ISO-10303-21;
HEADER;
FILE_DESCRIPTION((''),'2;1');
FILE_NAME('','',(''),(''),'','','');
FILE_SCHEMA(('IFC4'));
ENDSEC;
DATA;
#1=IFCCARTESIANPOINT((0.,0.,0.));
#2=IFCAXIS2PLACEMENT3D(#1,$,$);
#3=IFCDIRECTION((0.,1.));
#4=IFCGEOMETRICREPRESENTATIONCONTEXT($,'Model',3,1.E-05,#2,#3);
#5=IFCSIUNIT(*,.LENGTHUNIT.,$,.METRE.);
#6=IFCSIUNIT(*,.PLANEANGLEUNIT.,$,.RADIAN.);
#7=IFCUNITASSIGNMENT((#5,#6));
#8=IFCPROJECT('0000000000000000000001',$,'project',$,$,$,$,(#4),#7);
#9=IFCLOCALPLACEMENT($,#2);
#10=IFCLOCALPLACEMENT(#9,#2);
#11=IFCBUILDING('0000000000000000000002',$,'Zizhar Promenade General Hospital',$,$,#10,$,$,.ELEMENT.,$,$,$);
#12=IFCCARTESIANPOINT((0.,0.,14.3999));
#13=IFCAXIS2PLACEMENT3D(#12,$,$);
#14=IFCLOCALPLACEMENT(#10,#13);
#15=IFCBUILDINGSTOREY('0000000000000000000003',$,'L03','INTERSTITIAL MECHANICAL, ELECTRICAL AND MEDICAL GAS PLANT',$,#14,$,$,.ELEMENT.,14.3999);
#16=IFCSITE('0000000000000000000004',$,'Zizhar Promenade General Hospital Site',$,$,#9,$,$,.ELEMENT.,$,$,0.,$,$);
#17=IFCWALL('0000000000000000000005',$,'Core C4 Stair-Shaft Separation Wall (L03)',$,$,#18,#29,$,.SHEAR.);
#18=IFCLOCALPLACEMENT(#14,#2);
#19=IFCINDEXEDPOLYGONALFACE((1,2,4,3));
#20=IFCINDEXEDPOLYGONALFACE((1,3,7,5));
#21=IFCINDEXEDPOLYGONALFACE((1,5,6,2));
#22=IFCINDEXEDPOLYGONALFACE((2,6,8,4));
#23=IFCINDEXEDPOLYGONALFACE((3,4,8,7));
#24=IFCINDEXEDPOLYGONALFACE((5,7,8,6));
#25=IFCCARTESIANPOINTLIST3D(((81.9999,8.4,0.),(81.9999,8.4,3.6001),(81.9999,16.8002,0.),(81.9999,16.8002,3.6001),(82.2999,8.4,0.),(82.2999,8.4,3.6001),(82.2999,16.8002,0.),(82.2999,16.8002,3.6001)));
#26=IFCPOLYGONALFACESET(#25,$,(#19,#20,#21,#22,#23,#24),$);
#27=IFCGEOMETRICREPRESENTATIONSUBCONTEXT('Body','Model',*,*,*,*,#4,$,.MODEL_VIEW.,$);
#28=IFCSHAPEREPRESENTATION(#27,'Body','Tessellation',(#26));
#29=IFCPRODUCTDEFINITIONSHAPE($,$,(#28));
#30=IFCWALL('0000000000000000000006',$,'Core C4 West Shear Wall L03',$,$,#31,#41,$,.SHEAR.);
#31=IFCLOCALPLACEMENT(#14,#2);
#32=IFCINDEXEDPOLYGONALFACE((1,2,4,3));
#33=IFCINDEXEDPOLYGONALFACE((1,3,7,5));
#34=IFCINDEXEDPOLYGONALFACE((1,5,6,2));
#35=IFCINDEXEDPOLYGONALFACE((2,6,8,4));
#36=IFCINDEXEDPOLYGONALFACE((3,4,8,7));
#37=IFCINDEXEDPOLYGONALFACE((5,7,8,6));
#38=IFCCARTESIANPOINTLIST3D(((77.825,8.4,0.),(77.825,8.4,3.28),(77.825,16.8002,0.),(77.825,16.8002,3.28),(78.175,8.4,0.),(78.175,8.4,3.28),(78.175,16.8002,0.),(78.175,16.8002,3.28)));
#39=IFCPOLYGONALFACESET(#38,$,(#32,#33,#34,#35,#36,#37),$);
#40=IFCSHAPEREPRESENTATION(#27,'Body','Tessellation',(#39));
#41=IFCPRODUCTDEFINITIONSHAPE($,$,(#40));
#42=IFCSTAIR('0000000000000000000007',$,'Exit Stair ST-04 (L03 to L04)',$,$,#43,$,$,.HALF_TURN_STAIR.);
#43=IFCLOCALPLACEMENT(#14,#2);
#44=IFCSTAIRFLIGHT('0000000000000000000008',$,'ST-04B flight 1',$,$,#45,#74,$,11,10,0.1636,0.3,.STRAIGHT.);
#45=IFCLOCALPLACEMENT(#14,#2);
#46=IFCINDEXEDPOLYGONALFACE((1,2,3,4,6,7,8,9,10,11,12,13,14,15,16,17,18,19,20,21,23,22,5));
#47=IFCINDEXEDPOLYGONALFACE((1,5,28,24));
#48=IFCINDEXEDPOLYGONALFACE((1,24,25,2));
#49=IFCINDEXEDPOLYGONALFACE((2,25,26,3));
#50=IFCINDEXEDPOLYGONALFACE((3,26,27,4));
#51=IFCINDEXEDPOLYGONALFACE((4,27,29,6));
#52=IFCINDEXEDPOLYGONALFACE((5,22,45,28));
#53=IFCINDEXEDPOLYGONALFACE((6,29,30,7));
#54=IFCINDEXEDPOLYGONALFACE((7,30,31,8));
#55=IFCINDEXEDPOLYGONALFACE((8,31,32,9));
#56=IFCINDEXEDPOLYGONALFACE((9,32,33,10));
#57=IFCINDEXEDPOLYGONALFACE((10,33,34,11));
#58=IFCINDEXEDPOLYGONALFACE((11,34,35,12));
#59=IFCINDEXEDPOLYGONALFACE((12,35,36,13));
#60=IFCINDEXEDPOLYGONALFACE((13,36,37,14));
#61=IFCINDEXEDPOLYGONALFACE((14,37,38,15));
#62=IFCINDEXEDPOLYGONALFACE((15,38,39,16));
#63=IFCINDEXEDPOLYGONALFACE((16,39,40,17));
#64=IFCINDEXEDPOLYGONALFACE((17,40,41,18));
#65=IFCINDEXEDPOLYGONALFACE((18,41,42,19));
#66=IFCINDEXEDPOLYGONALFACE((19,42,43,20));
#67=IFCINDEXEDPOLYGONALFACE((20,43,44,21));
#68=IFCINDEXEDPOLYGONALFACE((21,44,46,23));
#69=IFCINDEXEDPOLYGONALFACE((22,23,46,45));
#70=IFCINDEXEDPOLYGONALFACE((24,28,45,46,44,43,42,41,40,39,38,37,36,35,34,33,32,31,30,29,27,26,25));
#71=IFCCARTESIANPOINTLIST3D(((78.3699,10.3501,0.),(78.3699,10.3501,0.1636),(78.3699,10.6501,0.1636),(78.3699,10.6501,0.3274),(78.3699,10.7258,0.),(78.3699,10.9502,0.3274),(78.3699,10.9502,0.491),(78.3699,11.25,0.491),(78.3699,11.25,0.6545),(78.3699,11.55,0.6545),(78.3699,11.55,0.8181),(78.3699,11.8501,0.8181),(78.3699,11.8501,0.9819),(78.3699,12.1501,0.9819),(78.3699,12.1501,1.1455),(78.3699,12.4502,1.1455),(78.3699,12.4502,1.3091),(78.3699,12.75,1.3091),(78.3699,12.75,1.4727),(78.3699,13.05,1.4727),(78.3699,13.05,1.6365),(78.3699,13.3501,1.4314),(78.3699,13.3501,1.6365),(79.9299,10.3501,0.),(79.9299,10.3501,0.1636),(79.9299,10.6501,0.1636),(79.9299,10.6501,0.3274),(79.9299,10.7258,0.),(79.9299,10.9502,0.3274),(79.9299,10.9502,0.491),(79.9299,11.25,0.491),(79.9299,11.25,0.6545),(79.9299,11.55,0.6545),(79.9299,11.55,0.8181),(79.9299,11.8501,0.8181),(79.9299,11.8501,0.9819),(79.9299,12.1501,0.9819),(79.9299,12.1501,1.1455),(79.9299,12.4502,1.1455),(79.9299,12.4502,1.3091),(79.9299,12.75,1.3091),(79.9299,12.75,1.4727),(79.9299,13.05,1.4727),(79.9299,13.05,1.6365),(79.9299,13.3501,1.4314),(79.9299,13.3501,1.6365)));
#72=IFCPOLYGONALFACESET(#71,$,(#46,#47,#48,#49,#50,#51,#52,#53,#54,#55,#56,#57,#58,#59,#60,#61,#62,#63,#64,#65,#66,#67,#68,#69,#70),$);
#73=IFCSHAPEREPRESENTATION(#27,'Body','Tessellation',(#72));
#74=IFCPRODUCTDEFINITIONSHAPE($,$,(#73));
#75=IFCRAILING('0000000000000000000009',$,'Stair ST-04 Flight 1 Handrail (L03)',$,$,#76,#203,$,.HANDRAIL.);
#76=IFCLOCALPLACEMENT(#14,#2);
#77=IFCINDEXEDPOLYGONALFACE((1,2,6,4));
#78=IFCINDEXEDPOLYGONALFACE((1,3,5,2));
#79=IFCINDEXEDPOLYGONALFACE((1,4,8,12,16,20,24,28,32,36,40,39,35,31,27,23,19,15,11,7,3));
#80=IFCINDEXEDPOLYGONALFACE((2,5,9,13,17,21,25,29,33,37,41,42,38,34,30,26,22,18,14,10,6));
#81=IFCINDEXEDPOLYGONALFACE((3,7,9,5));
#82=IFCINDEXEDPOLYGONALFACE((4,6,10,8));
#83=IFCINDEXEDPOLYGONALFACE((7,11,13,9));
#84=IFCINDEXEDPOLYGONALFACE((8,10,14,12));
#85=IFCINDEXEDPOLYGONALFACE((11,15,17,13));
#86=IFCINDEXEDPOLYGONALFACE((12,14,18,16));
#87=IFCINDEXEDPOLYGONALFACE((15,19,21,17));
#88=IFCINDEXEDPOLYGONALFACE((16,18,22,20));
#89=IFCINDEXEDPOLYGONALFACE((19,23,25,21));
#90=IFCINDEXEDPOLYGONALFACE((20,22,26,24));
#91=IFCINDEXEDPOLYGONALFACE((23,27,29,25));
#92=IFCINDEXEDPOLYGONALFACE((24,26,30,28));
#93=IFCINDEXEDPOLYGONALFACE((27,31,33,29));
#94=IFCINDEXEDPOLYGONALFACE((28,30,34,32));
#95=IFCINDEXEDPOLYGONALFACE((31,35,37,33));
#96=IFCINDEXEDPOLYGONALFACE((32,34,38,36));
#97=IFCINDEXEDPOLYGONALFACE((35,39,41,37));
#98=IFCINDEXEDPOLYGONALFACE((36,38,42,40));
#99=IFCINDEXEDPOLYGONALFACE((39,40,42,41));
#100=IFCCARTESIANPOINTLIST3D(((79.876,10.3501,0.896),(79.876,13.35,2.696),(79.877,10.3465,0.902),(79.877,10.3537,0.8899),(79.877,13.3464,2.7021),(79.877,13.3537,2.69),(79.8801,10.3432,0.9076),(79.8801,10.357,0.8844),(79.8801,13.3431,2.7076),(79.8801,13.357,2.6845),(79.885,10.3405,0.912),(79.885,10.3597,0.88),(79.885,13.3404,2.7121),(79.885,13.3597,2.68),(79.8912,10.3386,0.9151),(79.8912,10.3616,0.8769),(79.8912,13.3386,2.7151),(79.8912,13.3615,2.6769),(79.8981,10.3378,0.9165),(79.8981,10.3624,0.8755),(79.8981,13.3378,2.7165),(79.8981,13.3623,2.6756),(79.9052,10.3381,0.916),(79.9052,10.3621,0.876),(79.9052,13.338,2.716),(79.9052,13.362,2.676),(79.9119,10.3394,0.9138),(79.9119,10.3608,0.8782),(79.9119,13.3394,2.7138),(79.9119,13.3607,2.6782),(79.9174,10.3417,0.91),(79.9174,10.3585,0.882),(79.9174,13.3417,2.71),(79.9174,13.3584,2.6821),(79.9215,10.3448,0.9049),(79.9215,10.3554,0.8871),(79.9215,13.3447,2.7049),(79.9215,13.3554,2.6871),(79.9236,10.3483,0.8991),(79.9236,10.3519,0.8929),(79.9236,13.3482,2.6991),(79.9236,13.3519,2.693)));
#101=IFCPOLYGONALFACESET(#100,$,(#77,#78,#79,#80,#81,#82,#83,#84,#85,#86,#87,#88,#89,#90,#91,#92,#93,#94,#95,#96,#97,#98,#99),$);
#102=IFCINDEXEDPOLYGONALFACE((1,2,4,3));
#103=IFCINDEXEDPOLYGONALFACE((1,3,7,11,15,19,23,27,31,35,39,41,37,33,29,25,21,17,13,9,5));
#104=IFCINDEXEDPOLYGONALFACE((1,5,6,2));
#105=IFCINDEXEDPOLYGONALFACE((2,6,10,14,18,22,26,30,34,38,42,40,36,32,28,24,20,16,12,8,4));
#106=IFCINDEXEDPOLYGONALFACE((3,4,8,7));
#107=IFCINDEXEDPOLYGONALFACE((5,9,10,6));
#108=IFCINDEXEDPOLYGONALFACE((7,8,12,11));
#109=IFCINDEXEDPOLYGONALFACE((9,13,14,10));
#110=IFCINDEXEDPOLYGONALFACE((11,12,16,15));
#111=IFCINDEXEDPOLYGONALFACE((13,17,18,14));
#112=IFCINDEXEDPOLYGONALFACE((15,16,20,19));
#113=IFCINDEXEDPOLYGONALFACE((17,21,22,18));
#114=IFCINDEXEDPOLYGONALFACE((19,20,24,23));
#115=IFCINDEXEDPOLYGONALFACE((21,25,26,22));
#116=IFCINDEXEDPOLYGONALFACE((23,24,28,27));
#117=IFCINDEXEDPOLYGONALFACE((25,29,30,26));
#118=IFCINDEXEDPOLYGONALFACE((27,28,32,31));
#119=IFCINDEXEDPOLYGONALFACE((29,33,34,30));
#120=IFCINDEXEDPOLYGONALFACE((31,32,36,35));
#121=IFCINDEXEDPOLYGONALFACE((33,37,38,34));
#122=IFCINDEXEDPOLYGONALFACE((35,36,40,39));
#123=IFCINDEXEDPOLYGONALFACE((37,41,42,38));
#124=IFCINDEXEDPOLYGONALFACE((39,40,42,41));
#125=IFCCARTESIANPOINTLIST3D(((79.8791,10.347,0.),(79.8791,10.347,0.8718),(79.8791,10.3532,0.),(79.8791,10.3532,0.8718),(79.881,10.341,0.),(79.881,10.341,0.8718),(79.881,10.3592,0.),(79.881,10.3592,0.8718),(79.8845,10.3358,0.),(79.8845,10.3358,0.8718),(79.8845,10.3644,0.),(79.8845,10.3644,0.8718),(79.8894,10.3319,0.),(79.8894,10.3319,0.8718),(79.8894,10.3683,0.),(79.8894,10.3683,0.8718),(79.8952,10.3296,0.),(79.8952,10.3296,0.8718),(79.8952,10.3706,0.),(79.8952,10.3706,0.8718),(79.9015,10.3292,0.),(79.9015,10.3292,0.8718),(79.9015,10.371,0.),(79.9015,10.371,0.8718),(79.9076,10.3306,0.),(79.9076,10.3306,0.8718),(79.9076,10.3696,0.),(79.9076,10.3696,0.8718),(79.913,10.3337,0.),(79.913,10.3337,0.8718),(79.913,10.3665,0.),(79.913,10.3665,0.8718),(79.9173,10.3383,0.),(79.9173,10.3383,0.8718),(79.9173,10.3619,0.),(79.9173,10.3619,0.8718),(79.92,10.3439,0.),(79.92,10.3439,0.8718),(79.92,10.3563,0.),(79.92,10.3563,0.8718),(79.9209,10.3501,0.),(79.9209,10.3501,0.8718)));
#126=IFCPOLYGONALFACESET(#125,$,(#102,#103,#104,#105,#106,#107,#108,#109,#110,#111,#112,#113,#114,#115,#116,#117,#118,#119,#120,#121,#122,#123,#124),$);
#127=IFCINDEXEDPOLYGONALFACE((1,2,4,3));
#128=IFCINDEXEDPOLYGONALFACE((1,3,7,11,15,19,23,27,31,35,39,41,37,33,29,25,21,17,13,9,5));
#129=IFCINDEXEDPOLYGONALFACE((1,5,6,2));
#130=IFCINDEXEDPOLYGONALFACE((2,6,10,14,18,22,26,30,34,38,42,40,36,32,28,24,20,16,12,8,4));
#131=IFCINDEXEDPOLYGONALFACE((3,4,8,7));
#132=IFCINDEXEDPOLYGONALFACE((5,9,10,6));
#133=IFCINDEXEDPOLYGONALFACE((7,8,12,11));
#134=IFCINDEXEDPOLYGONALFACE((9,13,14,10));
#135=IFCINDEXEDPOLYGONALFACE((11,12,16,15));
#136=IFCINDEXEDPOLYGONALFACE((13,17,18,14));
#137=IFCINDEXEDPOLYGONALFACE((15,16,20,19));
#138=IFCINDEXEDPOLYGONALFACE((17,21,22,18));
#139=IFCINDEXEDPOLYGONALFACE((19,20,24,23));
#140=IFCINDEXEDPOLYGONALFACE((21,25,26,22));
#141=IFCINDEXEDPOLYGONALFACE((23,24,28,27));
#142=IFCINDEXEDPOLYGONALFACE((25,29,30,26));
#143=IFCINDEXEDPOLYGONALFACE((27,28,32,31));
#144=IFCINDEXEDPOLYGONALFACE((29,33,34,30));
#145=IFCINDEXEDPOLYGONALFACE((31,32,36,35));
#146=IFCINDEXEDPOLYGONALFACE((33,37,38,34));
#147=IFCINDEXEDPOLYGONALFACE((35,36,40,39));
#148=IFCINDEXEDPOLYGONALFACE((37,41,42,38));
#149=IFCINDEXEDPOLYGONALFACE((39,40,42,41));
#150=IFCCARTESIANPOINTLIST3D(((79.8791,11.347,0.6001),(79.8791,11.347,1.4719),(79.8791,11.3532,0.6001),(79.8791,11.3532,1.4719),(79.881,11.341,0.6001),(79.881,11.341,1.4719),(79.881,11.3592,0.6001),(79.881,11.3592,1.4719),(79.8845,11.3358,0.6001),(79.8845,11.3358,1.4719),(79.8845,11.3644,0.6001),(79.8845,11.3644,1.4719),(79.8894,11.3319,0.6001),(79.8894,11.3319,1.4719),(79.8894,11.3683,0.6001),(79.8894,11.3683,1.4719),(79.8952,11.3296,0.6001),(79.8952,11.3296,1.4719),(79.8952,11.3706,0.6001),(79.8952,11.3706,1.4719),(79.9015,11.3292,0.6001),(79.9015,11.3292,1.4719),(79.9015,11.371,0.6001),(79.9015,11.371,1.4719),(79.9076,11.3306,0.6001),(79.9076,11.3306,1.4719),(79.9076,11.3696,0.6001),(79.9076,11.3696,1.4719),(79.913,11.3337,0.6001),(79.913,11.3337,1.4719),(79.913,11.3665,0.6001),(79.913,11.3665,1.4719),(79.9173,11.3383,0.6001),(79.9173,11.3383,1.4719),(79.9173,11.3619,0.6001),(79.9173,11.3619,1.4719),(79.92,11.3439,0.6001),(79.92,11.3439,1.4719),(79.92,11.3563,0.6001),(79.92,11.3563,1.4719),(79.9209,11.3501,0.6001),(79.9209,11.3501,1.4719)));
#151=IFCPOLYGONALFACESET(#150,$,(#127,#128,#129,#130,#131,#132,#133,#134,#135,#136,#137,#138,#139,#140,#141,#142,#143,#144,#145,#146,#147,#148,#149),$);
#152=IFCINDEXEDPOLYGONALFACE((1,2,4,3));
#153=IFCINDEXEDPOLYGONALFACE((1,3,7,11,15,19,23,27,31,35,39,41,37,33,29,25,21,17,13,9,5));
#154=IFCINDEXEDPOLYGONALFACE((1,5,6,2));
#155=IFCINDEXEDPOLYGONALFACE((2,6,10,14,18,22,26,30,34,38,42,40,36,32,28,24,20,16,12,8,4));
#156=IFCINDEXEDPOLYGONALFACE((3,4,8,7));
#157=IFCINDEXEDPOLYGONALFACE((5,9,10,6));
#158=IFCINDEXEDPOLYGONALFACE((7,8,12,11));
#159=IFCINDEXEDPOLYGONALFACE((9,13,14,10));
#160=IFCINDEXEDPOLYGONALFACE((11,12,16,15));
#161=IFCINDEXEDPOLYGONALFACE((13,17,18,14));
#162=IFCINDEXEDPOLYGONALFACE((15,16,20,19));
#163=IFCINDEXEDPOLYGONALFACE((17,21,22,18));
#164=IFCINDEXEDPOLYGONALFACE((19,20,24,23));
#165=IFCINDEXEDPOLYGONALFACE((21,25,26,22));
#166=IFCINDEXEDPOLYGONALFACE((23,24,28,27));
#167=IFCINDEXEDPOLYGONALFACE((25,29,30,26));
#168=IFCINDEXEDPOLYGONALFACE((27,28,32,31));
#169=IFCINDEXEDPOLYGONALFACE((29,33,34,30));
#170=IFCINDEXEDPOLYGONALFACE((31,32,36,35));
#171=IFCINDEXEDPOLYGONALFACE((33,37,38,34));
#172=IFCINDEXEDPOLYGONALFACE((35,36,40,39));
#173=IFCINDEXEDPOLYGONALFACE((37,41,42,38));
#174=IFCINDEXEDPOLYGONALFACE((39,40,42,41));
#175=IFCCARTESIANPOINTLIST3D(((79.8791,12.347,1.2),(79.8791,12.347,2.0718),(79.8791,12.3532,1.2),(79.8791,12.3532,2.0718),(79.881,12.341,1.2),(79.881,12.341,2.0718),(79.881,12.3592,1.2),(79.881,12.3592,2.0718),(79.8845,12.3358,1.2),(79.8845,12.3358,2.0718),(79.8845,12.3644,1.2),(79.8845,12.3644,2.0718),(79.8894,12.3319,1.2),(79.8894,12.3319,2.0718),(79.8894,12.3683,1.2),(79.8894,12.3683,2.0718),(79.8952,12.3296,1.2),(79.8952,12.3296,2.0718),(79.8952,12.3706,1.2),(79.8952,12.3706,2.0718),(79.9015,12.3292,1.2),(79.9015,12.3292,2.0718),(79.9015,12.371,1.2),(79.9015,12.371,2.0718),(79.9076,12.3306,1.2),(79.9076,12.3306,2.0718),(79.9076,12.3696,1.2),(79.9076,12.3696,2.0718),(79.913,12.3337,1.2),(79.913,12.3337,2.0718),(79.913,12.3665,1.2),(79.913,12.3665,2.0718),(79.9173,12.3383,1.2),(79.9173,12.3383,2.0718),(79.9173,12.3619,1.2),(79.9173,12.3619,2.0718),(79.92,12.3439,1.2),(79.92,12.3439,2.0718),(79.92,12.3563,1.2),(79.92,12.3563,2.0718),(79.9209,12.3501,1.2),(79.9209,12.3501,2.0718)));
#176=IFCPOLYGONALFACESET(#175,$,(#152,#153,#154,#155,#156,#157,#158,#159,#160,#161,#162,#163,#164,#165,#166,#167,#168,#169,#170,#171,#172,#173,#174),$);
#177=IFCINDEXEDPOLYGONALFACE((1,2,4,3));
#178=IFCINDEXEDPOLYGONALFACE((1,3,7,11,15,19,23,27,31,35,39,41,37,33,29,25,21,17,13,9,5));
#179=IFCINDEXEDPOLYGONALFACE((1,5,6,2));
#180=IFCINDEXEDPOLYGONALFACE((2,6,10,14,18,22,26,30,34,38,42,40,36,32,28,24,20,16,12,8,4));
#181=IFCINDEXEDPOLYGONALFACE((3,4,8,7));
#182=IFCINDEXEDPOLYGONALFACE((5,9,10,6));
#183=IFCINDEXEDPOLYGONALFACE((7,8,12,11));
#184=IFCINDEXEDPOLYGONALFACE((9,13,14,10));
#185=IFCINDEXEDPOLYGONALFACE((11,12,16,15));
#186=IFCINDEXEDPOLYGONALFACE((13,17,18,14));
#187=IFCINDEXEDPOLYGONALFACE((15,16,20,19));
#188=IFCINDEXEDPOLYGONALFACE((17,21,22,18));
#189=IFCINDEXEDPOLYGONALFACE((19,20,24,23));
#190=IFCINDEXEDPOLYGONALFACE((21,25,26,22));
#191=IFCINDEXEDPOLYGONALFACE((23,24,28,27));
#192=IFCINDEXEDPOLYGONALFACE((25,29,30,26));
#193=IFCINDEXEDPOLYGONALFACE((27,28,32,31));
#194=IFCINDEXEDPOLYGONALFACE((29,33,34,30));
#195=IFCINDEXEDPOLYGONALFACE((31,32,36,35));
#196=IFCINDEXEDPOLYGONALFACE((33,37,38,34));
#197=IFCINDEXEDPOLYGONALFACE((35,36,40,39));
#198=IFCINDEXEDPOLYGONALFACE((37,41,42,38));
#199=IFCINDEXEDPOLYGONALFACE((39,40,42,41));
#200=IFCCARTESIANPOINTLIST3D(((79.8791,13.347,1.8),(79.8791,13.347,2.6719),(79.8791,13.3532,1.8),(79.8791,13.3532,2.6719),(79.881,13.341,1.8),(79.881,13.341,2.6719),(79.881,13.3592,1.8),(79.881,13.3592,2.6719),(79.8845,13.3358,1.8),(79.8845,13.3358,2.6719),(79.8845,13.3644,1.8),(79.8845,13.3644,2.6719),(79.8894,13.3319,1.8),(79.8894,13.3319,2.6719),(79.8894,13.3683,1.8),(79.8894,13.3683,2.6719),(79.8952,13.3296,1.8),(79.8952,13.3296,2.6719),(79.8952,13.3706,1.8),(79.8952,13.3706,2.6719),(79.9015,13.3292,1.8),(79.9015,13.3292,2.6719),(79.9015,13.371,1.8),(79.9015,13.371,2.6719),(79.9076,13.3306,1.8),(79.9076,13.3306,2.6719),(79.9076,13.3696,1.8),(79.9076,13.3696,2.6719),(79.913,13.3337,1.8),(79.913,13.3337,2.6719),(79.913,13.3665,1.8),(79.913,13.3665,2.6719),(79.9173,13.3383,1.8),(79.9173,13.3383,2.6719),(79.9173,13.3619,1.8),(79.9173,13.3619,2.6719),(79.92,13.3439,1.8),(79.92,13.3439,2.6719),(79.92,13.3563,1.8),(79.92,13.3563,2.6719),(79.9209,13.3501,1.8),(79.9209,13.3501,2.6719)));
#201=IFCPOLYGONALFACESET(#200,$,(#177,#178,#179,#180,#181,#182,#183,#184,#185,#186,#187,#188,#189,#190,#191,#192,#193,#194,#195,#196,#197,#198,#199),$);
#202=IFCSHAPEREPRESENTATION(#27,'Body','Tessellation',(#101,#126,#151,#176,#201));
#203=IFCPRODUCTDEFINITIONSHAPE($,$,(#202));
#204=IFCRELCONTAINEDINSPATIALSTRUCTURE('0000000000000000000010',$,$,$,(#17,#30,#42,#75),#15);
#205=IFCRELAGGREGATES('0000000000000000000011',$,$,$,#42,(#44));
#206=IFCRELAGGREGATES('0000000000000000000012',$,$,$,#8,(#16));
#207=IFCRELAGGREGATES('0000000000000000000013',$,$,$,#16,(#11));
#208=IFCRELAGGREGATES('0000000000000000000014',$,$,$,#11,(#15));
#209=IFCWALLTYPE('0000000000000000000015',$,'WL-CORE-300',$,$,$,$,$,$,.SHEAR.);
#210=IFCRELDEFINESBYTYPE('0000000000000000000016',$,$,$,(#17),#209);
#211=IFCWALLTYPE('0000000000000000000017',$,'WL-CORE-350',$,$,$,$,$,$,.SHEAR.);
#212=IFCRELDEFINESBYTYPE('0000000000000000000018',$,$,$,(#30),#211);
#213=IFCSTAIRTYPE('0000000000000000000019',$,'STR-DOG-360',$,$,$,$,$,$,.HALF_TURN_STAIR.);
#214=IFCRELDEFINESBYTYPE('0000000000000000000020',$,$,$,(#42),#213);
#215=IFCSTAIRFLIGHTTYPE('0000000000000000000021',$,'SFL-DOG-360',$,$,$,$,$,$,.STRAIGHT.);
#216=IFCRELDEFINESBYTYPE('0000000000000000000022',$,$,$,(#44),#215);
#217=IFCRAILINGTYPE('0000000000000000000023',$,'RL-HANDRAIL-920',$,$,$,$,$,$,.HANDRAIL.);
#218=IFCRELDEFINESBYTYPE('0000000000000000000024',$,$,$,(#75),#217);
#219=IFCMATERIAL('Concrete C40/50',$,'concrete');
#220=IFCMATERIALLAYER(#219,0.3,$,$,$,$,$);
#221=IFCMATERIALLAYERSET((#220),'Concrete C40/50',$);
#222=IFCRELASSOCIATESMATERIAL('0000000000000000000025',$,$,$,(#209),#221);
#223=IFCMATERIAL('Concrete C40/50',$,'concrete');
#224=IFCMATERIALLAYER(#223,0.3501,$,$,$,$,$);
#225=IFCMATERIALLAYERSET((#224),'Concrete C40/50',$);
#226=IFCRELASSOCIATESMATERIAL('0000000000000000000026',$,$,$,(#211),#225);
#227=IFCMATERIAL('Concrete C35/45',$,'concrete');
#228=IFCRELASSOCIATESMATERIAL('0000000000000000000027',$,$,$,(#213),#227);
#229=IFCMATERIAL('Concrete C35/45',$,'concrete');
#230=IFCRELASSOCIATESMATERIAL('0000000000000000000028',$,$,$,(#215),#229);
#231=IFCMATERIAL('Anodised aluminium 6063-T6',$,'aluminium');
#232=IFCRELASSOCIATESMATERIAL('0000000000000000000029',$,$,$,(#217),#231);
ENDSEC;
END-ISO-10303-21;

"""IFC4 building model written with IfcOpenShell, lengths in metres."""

from ifc_helpers import new_model, si_unit, direction, frame, frame_2d, origin, origin_2d, place, context, subcontext, project, spatial, polyline, rectangle, circle, hollow_circle, outline, extrude, material, layer, layer_set, material_profile, profile_set, type_object, element, aggregate, save


model = new_model("IFC4")

# Units and contexts
model_context = context("Model", 3, precision=1e-05, world=origin(), true_north=direction((0.0, 1.0)))
body_context = subcontext(model_context, "Body", "Model", "MODEL_VIEW")
ifc_project = project(units=[si_unit("LENGTHUNIT", "METRE"), si_unit("PLANEANGLEUNIT", "RADIAN")], contexts=[model_context])

# Site, building, storey
site_placement = place(None, origin())
site = spatial("IfcSite", under=ifc_project, at=site_placement, Name="Zizhar Promenade General Hospital Site", CompositionType="ELEMENT", RefElevation=0.0)
building_placement = place(site_placement, origin())
building = spatial("IfcBuilding", under=site, at=building_placement, Name="Zizhar Promenade General Hospital", CompositionType="ELEMENT")
storey_placement = place(building_placement, frame((0.0, 0.0, 14.3999)))
storey = spatial("IfcBuildingStorey", under=building, at=storey_placement, Name="L03", Description="INTERSTITIAL MECHANICAL, ELECTRICAL AND MEDICAL GAS PLANT", CompositionType="ELEMENT", Elevation=14.3999)

# Shared definitions
ifc_material_1 = material(Name="Concrete C40/50", Category="concrete")
ifc_layer_1 = layer(ifc_material_1, 0.3)
ifc_layer_set_1 = layer_set([ifc_layer_1], Name="Concrete C40/50")
wall_type_1 = type_object("IfcWallType", Name="WL-CORE-300", PredefinedType="SHEAR", material=ifc_layer_set_1)

# Walls
wall_1_placement = place(storey_placement, frame((82.1499, 8.3999, 0.0), z_axis=(0.0, 0.0, 1.0), x_axis=(0.0, 1.0, 0.0)))
element("IfcWall", 1, at=wall_1_placement, inside=storey, type_object=wall_type_1, Name="Core C4 Stair-Shaft Separation Wall (L03)", PredefinedType="SHEAR", context=body_context, shape_type="SweptSolid", body=[
    extrude(rectangle(XDim=8.4001, YDim=0.3, at=frame_2d((4.2002, 0.0))), origin(), (0.0, 0.0, 1.0), 3.6001),
])
ifc_material_2 = material(Name="Concrete C40/50", Category="concrete")
ifc_layer_2 = layer(ifc_material_2, 0.3501)
ifc_layer_set_2 = layer_set([ifc_layer_2], Name="Concrete C40/50")
wall_type_2 = type_object("IfcWallType", Name="WL-CORE-350", PredefinedType="SHEAR", material=ifc_layer_set_2)
wall_2_placement = place(storey_placement, frame((78.0, 8.3999, 0.0), z_axis=(0.0, 0.0, 1.0), x_axis=(0.0, 1.0, 0.0)))
element("IfcWall", 2, at=wall_2_placement, inside=storey, type_object=wall_type_2, Name="Core C4 West Shear Wall L03", PredefinedType="SHEAR", context=body_context, shape_type="SweptSolid", body=[
    extrude(rectangle(XDim=8.4001, YDim=0.3501, at=frame_2d((4.2002, 0.0))), origin(), (0.0, 0.0, 1.0), 3.28),
])

# Stair, stair flight
ifc_material_3 = material(Name="Concrete C35/45", Category="concrete")
stair_type = type_object("IfcStairType", Name="STR-DOG-360", PredefinedType="HALF_TURN_STAIR", material=ifc_material_3)
stair_placement = place(storey_placement, origin())
stair = element("IfcStair", 3, at=stair_placement, inside=storey, type_object=stair_type, Name="Exit Stair ST-04 (L03 to L04)", PredefinedType="HALF_TURN_STAIR")
ifc_material_4 = material(Name="Concrete C35/45", Category="concrete")
stair_flight_type = type_object("IfcStairFlightType", Name="SFL-DOG-360", PredefinedType="STRAIGHT", material=ifc_material_4)
stair_flight_placement = place(storey_placement, frame((79.1499, 10.3501, 0.0), z_axis=(0.0, 0.0, 1.0), x_axis=(0.0, 1.0, 0.0)))
stair_flight = element("IfcStairFlight", 4, at=stair_flight_placement, type_object=stair_flight_type, Name="ST-04B flight 1", NumberOfRisers=11, NumberOfTreads=10, PredefinedType="STRAIGHT", RiserHeight=0.1636, TreadLength=0.3, context=body_context, shape_type="SweptSolid", body=[
    extrude(outline(polyline([(0.0, 0.0), (0.0, 0.1636), (0.3, 0.1636), (0.3, 0.3274), (0.6001, 0.3274), (0.6001, 0.491), (0.8999, 0.491), (0.8999, 0.6545), (1.2, 0.6545), (1.2, 0.8181), (1.5, 0.8181), (1.5, 0.9819), (1.8, 0.9819), (1.8, 1.1455), (2.1001, 1.1455), (2.1001, 1.3091), (2.3999, 1.3091), (2.3999, 1.4727), (2.7, 1.4727), (2.7, 1.6365), (3.0, 1.6365), (3.0, 1.8), (3.0, 1.4314), (0.3757, 0.0), (0.0, 0.0)])), frame((0.0, 0.78, 0.0), z_axis=(0.0, -1.0, 0.0), x_axis=(1.0, 0.0, 0.0)), (0.0, 0.0, 1.0), 1.5601),
])
aggregate(stair, [stair_flight])

# Railing
ifc_material_5 = material(Name="Anodised aluminium 6063-T6", Category="aluminium")
ifc_material_profile_1 = material_profile(ifc_material_5, hollow_circle(Radius=0.0698, WallThickness=0.0063, at=origin_2d()))
ifc_profile_set_1 = profile_set([ifc_material_profile_1], Name="Anodised aluminium 6063-T6")
railing_type_1 = type_object("IfcRailingType", Name="RL-HANDRAIL-920", PredefinedType="HANDRAIL", material=ifc_profile_set_1)
railing_1_placement = place(storey_placement, frame((79.8999, 10.3501, 0.0)))
element("IfcRailing", 5, at=railing_1_placement, inside=storey, type_object=railing_type_1, Name="Stair ST-04 Flight 1 Handrail (L03)", PredefinedType="HANDRAIL", context=body_context, shape_type="SweptSolid", body=[
    extrude(circle(Radius=0.0239, at=origin_2d()), frame((0.0, 0.0, 0.896), z_axis=(0.0, 0.857487, 0.514506), x_axis=(-1.0, 0.0, 0.0)), (0.0, 0.0, 1.0), 3.4985),
    extrude(circle(Radius=0.021, at=origin_2d()), origin(), (0.0, 0.0, 1.0), 0.8718),
    extrude(circle(Radius=0.021, at=origin_2d()), frame((0.0, 1.0, 0.6001)), (0.0, 0.0, 1.0), 0.8718),
    extrude(circle(Radius=0.021, at=origin_2d()), frame((0.0, 2.0, 1.2)), (0.0, 0.0, 1.0), 0.8718),
    extrude(circle(Radius=0.021, at=origin_2d()), frame((0.0, 3.0, 1.8)), (0.0, 0.0, 1.0), 0.8718),
])

save(model, "model.ifc")
